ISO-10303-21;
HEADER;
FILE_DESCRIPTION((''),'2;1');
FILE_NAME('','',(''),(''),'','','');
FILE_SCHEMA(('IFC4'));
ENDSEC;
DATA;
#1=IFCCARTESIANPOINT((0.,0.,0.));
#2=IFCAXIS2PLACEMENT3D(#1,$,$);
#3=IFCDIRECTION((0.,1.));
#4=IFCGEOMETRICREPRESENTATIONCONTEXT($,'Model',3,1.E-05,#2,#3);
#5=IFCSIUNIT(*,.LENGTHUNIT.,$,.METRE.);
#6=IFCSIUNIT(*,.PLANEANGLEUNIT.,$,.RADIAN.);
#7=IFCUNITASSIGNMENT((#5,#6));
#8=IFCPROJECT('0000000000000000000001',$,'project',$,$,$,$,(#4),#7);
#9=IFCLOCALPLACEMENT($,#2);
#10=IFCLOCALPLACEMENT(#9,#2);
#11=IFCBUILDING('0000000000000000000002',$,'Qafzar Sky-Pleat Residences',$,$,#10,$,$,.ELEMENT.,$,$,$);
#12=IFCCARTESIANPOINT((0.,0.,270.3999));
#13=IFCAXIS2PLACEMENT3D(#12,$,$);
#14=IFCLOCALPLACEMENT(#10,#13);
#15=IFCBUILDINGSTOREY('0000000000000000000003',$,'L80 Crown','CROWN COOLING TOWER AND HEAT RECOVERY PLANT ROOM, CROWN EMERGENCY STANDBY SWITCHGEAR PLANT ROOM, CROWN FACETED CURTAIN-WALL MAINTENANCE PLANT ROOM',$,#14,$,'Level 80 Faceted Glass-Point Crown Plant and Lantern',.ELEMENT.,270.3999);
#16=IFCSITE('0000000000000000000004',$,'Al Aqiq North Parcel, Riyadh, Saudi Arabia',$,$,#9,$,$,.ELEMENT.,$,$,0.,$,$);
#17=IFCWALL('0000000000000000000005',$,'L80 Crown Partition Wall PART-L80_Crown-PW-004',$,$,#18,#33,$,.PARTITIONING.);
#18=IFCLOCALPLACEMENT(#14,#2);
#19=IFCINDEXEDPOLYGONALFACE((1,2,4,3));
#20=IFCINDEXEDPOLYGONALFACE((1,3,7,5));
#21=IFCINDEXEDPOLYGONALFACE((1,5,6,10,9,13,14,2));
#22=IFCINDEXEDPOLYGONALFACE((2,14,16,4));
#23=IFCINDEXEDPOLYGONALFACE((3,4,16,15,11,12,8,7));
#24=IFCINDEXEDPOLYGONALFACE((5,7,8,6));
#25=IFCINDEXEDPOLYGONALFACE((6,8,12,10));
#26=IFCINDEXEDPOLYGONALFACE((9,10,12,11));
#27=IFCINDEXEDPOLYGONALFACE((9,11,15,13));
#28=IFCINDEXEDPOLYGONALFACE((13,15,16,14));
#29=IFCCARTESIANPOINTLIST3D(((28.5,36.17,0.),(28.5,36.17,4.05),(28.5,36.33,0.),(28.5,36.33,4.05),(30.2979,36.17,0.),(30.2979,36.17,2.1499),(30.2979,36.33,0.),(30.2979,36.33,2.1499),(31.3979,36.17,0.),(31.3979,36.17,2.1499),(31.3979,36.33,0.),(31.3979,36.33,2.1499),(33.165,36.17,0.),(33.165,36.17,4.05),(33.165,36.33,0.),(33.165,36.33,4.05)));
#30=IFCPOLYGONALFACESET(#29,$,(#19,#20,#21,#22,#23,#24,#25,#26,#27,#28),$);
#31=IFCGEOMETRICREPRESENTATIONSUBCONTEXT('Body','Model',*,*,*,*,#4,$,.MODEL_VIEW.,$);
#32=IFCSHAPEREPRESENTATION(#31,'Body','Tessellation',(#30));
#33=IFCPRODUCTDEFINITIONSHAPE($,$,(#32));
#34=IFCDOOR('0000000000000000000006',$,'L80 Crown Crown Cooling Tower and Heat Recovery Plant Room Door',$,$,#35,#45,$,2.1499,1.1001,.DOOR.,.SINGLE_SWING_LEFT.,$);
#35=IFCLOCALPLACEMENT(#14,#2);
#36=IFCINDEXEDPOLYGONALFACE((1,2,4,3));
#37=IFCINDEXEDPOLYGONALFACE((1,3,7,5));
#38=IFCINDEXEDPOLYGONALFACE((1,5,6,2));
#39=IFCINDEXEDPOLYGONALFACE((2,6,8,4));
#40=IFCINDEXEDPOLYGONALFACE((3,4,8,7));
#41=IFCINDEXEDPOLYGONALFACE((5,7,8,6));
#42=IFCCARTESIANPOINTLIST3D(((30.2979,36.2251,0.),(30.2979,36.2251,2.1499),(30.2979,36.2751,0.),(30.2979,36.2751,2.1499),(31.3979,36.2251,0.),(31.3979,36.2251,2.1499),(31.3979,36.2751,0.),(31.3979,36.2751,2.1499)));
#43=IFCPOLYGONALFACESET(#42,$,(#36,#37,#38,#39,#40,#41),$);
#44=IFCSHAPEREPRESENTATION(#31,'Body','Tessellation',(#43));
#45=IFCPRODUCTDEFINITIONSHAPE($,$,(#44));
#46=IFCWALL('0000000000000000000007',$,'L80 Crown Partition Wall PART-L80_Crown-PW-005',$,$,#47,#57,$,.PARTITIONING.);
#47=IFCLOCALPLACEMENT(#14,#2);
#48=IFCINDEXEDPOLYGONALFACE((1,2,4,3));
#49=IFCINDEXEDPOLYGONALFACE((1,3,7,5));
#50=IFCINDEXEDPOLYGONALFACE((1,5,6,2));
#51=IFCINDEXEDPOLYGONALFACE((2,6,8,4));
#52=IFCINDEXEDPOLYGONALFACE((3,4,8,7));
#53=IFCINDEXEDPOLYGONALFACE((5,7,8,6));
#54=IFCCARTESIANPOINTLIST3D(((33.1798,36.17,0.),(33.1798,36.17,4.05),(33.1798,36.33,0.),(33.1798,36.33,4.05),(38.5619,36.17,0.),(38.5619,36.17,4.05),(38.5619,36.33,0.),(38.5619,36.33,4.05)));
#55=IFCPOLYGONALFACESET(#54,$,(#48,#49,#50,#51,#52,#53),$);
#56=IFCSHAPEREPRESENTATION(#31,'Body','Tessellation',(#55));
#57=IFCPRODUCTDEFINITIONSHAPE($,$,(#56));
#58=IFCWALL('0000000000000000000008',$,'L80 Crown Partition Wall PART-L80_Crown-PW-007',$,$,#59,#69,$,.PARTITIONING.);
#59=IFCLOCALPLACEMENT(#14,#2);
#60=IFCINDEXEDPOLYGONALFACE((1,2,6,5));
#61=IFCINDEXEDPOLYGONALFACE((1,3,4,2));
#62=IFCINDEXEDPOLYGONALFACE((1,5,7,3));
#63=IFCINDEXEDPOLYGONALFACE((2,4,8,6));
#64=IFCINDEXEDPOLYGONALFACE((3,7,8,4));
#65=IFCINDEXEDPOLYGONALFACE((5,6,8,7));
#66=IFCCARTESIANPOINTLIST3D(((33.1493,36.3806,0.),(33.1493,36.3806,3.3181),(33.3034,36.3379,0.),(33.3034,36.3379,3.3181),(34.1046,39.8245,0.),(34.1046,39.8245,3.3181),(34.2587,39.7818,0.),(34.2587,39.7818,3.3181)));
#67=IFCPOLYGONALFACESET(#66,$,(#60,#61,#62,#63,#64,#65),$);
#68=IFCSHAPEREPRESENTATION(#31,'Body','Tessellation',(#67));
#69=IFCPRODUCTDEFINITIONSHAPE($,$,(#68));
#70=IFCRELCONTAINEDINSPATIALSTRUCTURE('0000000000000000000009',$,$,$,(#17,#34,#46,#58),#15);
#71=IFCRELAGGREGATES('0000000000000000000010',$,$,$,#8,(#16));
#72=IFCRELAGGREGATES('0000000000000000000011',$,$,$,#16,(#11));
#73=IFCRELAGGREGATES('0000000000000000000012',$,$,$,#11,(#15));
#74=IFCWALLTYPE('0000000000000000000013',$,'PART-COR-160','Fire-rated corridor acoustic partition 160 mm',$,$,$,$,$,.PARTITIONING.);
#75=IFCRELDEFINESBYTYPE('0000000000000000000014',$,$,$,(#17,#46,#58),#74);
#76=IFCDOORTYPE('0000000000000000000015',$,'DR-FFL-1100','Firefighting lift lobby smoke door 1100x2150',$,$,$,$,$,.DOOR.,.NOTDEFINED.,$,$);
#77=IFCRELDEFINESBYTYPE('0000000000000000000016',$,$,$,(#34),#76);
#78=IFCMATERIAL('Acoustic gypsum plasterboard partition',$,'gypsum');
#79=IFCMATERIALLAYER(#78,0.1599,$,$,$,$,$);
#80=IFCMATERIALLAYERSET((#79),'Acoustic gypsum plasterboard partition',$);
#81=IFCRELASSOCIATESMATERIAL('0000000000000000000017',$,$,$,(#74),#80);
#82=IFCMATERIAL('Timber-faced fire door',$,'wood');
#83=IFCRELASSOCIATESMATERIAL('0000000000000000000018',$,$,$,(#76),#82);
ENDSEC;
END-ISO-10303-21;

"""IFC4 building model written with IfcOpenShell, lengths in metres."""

from ifc_helpers import new_model, si_unit, direction, frame, frame_2d, origin, place, context, subcontext, project, spatial, rectangle, extrude, source, transform, mapped, material, layer, layer_set, type_object, element, fill, save


model = new_model("IFC4")

# Units and contexts
model_context = context("Model", 3, precision=1e-05, world=origin(), true_north=direction((0.0, 1.0)))
body_context = subcontext(model_context, "Body", "Model", "MODEL_VIEW")
ifc_project = project(units=[si_unit("LENGTHUNIT", "METRE"), si_unit("PLANEANGLEUNIT", "RADIAN")], contexts=[model_context])

# Site, building, storey
site_placement = place(None, origin())
site = spatial("IfcSite", under=ifc_project, at=site_placement, Name="Al Aqiq North Parcel, Riyadh, Saudi Arabia", CompositionType="ELEMENT", RefElevation=0.0)
building_placement = place(site_placement, origin())
building = spatial("IfcBuilding", under=site, at=building_placement, Name="Qafzar Sky-Pleat Residences", CompositionType="ELEMENT")
storey_placement = place(building_placement, frame((0.0, 0.0, 270.3999)))
storey = spatial("IfcBuildingStorey", under=building, at=storey_placement, Name="L80 Crown", Description="CROWN COOLING TOWER AND HEAT RECOVERY PLANT ROOM, CROWN EMERGENCY STANDBY SWITCHGEAR PLANT ROOM, CROWN FACETED CURTAIN-WALL MAINTENANCE PLANT ROOM", LongName="Level 80 Faceted Glass-Point Crown Plant and Lantern", CompositionType="ELEMENT", Elevation=270.3999)

# Wall, opening, door
ifc_material_1 = material(Name="Acoustic gypsum plasterboard partition", Category="gypsum")
ifc_layer_1 = layer(ifc_material_1, 0.1599)
ifc_layer_set_1 = layer_set([ifc_layer_1], Name="Acoustic gypsum plasterboard partition")
wall_type = type_object("IfcWallType", Name="PART-COR-160", Description="Fire-rated corridor acoustic partition 160 mm", PredefinedType="PARTITIONING", material=ifc_layer_set_1)
wall_1_placement = place(storey_placement, frame((33.165, 36.25, 0.0), z_axis=(0.0, 0.0, 1.0), x_axis=(-1.0, 0.0, 0.0)))
wall_1 = element("IfcWall", 1, at=wall_1_placement, inside=storey, type_object=wall_type, Name="L80 Crown Partition Wall PART-L80_Crown-PW-004", PredefinedType="PARTITIONING", context=body_context, shape_type="SweptSolid", body=[
    extrude(rectangle(XDim=4.665, YDim=0.1599, at=frame_2d((2.3325, 0.0))), origin(), (0.0, 0.0, 1.0), 4.05),
])
opening_placement = place(wall_1_placement, frame((1.7671, 0.0, 0.0)))
opening = element("IfcOpeningElement", 2, at=opening_placement, cuts=wall_1, PredefinedType="OPENING", context=body_context, shape_type="SweptSolid", body=[
    extrude(rectangle(XDim=1.1001, YDim=2.1499, at=frame_2d((0.55, 1.075))), frame((0.0, 0.0898, 0.0), z_axis=(0.0, -1.0, 0.0), x_axis=(1.0, 0.0, 0.0)), (0.0, 0.0, 1.0), 0.1799),
])
ifc_material_2 = material(Name="Timber-faced fire door", Category="wood")
door_type = type_object("IfcDoorType", Name="DR-FFL-1100", Description="Firefighting lift lobby smoke door 1100x2150", OperationType="NOTDEFINED", PredefinedType="DOOR", material=ifc_material_2)
shared_shape_1 = source(origin(), body_context, "Body", "SweptSolid", [
    extrude(rectangle(XDim=1.1001, YDim=2.1499, at=frame_2d((0.55, 1.075))), frame((0.0, 0.0249, 0.0), z_axis=(0.0, -1.0, 0.0), x_axis=(1.0, 0.0, 0.0)), (0.0, 0.0, 1.0), 0.05),
])
door_placement = place(opening_placement, origin())
door = element("IfcDoor", 3, at=door_placement, inside=storey, type_object=door_type, Name="L80 Crown Crown Cooling Tower and Heat Recovery Plant Room Door", OperationType="SINGLE_SWING_LEFT", OverallHeight=2.1499, OverallWidth=1.1001, PredefinedType="DOOR", context=body_context, shape_type="MappedRepresentation", body=[
    mapped(shared_shape_1, transform((0.0, 0.0, 0.0), x_axis=(1.0, 0.0, 0.0), y_axis=(0.0, 1.0, 0.0), z_axis=(0.0, 0.0, 1.0), scale=1.0)),
])
fill(opening, door)

# Walls
wall_2_placement = place(storey_placement, frame((33.1799, 36.25, 0.0), z_axis=(0.0, 0.0, 1.0), x_axis=(1.0, 0.0, 0.0)))
element("IfcWall", 4, at=wall_2_placement, inside=storey, type_object=wall_type, Name="L80 Crown Partition Wall PART-L80_Crown-PW-005", PredefinedType="PARTITIONING", context=body_context, shape_type="SweptSolid", body=[
    extrude(rectangle(XDim=5.3821, YDim=0.1599, at=frame_2d((2.6909, 0.0))), origin(), (0.0, 0.0, 1.0), 4.05),
])
wall_3_placement = place(storey_placement, frame((33.2263, 36.3591, 0.0), z_axis=(0.0, 0.0, 1.0), x_axis=(0.267306, 0.963612, 0.0)))
element("IfcWall", 5, at=wall_3_placement, inside=storey, type_object=wall_type, Name="L80 Crown Partition Wall PART-L80_Crown-PW-007", PredefinedType="PARTITIONING", context=body_context, shape_type="SweptSolid", body=[
    extrude(rectangle(XDim=3.574, YDim=0.1599, at=frame_2d((1.7871, 0.0))), origin(), (0.0, 0.0, 1.0), 3.3181),
])

save(model, "model.ifc")
